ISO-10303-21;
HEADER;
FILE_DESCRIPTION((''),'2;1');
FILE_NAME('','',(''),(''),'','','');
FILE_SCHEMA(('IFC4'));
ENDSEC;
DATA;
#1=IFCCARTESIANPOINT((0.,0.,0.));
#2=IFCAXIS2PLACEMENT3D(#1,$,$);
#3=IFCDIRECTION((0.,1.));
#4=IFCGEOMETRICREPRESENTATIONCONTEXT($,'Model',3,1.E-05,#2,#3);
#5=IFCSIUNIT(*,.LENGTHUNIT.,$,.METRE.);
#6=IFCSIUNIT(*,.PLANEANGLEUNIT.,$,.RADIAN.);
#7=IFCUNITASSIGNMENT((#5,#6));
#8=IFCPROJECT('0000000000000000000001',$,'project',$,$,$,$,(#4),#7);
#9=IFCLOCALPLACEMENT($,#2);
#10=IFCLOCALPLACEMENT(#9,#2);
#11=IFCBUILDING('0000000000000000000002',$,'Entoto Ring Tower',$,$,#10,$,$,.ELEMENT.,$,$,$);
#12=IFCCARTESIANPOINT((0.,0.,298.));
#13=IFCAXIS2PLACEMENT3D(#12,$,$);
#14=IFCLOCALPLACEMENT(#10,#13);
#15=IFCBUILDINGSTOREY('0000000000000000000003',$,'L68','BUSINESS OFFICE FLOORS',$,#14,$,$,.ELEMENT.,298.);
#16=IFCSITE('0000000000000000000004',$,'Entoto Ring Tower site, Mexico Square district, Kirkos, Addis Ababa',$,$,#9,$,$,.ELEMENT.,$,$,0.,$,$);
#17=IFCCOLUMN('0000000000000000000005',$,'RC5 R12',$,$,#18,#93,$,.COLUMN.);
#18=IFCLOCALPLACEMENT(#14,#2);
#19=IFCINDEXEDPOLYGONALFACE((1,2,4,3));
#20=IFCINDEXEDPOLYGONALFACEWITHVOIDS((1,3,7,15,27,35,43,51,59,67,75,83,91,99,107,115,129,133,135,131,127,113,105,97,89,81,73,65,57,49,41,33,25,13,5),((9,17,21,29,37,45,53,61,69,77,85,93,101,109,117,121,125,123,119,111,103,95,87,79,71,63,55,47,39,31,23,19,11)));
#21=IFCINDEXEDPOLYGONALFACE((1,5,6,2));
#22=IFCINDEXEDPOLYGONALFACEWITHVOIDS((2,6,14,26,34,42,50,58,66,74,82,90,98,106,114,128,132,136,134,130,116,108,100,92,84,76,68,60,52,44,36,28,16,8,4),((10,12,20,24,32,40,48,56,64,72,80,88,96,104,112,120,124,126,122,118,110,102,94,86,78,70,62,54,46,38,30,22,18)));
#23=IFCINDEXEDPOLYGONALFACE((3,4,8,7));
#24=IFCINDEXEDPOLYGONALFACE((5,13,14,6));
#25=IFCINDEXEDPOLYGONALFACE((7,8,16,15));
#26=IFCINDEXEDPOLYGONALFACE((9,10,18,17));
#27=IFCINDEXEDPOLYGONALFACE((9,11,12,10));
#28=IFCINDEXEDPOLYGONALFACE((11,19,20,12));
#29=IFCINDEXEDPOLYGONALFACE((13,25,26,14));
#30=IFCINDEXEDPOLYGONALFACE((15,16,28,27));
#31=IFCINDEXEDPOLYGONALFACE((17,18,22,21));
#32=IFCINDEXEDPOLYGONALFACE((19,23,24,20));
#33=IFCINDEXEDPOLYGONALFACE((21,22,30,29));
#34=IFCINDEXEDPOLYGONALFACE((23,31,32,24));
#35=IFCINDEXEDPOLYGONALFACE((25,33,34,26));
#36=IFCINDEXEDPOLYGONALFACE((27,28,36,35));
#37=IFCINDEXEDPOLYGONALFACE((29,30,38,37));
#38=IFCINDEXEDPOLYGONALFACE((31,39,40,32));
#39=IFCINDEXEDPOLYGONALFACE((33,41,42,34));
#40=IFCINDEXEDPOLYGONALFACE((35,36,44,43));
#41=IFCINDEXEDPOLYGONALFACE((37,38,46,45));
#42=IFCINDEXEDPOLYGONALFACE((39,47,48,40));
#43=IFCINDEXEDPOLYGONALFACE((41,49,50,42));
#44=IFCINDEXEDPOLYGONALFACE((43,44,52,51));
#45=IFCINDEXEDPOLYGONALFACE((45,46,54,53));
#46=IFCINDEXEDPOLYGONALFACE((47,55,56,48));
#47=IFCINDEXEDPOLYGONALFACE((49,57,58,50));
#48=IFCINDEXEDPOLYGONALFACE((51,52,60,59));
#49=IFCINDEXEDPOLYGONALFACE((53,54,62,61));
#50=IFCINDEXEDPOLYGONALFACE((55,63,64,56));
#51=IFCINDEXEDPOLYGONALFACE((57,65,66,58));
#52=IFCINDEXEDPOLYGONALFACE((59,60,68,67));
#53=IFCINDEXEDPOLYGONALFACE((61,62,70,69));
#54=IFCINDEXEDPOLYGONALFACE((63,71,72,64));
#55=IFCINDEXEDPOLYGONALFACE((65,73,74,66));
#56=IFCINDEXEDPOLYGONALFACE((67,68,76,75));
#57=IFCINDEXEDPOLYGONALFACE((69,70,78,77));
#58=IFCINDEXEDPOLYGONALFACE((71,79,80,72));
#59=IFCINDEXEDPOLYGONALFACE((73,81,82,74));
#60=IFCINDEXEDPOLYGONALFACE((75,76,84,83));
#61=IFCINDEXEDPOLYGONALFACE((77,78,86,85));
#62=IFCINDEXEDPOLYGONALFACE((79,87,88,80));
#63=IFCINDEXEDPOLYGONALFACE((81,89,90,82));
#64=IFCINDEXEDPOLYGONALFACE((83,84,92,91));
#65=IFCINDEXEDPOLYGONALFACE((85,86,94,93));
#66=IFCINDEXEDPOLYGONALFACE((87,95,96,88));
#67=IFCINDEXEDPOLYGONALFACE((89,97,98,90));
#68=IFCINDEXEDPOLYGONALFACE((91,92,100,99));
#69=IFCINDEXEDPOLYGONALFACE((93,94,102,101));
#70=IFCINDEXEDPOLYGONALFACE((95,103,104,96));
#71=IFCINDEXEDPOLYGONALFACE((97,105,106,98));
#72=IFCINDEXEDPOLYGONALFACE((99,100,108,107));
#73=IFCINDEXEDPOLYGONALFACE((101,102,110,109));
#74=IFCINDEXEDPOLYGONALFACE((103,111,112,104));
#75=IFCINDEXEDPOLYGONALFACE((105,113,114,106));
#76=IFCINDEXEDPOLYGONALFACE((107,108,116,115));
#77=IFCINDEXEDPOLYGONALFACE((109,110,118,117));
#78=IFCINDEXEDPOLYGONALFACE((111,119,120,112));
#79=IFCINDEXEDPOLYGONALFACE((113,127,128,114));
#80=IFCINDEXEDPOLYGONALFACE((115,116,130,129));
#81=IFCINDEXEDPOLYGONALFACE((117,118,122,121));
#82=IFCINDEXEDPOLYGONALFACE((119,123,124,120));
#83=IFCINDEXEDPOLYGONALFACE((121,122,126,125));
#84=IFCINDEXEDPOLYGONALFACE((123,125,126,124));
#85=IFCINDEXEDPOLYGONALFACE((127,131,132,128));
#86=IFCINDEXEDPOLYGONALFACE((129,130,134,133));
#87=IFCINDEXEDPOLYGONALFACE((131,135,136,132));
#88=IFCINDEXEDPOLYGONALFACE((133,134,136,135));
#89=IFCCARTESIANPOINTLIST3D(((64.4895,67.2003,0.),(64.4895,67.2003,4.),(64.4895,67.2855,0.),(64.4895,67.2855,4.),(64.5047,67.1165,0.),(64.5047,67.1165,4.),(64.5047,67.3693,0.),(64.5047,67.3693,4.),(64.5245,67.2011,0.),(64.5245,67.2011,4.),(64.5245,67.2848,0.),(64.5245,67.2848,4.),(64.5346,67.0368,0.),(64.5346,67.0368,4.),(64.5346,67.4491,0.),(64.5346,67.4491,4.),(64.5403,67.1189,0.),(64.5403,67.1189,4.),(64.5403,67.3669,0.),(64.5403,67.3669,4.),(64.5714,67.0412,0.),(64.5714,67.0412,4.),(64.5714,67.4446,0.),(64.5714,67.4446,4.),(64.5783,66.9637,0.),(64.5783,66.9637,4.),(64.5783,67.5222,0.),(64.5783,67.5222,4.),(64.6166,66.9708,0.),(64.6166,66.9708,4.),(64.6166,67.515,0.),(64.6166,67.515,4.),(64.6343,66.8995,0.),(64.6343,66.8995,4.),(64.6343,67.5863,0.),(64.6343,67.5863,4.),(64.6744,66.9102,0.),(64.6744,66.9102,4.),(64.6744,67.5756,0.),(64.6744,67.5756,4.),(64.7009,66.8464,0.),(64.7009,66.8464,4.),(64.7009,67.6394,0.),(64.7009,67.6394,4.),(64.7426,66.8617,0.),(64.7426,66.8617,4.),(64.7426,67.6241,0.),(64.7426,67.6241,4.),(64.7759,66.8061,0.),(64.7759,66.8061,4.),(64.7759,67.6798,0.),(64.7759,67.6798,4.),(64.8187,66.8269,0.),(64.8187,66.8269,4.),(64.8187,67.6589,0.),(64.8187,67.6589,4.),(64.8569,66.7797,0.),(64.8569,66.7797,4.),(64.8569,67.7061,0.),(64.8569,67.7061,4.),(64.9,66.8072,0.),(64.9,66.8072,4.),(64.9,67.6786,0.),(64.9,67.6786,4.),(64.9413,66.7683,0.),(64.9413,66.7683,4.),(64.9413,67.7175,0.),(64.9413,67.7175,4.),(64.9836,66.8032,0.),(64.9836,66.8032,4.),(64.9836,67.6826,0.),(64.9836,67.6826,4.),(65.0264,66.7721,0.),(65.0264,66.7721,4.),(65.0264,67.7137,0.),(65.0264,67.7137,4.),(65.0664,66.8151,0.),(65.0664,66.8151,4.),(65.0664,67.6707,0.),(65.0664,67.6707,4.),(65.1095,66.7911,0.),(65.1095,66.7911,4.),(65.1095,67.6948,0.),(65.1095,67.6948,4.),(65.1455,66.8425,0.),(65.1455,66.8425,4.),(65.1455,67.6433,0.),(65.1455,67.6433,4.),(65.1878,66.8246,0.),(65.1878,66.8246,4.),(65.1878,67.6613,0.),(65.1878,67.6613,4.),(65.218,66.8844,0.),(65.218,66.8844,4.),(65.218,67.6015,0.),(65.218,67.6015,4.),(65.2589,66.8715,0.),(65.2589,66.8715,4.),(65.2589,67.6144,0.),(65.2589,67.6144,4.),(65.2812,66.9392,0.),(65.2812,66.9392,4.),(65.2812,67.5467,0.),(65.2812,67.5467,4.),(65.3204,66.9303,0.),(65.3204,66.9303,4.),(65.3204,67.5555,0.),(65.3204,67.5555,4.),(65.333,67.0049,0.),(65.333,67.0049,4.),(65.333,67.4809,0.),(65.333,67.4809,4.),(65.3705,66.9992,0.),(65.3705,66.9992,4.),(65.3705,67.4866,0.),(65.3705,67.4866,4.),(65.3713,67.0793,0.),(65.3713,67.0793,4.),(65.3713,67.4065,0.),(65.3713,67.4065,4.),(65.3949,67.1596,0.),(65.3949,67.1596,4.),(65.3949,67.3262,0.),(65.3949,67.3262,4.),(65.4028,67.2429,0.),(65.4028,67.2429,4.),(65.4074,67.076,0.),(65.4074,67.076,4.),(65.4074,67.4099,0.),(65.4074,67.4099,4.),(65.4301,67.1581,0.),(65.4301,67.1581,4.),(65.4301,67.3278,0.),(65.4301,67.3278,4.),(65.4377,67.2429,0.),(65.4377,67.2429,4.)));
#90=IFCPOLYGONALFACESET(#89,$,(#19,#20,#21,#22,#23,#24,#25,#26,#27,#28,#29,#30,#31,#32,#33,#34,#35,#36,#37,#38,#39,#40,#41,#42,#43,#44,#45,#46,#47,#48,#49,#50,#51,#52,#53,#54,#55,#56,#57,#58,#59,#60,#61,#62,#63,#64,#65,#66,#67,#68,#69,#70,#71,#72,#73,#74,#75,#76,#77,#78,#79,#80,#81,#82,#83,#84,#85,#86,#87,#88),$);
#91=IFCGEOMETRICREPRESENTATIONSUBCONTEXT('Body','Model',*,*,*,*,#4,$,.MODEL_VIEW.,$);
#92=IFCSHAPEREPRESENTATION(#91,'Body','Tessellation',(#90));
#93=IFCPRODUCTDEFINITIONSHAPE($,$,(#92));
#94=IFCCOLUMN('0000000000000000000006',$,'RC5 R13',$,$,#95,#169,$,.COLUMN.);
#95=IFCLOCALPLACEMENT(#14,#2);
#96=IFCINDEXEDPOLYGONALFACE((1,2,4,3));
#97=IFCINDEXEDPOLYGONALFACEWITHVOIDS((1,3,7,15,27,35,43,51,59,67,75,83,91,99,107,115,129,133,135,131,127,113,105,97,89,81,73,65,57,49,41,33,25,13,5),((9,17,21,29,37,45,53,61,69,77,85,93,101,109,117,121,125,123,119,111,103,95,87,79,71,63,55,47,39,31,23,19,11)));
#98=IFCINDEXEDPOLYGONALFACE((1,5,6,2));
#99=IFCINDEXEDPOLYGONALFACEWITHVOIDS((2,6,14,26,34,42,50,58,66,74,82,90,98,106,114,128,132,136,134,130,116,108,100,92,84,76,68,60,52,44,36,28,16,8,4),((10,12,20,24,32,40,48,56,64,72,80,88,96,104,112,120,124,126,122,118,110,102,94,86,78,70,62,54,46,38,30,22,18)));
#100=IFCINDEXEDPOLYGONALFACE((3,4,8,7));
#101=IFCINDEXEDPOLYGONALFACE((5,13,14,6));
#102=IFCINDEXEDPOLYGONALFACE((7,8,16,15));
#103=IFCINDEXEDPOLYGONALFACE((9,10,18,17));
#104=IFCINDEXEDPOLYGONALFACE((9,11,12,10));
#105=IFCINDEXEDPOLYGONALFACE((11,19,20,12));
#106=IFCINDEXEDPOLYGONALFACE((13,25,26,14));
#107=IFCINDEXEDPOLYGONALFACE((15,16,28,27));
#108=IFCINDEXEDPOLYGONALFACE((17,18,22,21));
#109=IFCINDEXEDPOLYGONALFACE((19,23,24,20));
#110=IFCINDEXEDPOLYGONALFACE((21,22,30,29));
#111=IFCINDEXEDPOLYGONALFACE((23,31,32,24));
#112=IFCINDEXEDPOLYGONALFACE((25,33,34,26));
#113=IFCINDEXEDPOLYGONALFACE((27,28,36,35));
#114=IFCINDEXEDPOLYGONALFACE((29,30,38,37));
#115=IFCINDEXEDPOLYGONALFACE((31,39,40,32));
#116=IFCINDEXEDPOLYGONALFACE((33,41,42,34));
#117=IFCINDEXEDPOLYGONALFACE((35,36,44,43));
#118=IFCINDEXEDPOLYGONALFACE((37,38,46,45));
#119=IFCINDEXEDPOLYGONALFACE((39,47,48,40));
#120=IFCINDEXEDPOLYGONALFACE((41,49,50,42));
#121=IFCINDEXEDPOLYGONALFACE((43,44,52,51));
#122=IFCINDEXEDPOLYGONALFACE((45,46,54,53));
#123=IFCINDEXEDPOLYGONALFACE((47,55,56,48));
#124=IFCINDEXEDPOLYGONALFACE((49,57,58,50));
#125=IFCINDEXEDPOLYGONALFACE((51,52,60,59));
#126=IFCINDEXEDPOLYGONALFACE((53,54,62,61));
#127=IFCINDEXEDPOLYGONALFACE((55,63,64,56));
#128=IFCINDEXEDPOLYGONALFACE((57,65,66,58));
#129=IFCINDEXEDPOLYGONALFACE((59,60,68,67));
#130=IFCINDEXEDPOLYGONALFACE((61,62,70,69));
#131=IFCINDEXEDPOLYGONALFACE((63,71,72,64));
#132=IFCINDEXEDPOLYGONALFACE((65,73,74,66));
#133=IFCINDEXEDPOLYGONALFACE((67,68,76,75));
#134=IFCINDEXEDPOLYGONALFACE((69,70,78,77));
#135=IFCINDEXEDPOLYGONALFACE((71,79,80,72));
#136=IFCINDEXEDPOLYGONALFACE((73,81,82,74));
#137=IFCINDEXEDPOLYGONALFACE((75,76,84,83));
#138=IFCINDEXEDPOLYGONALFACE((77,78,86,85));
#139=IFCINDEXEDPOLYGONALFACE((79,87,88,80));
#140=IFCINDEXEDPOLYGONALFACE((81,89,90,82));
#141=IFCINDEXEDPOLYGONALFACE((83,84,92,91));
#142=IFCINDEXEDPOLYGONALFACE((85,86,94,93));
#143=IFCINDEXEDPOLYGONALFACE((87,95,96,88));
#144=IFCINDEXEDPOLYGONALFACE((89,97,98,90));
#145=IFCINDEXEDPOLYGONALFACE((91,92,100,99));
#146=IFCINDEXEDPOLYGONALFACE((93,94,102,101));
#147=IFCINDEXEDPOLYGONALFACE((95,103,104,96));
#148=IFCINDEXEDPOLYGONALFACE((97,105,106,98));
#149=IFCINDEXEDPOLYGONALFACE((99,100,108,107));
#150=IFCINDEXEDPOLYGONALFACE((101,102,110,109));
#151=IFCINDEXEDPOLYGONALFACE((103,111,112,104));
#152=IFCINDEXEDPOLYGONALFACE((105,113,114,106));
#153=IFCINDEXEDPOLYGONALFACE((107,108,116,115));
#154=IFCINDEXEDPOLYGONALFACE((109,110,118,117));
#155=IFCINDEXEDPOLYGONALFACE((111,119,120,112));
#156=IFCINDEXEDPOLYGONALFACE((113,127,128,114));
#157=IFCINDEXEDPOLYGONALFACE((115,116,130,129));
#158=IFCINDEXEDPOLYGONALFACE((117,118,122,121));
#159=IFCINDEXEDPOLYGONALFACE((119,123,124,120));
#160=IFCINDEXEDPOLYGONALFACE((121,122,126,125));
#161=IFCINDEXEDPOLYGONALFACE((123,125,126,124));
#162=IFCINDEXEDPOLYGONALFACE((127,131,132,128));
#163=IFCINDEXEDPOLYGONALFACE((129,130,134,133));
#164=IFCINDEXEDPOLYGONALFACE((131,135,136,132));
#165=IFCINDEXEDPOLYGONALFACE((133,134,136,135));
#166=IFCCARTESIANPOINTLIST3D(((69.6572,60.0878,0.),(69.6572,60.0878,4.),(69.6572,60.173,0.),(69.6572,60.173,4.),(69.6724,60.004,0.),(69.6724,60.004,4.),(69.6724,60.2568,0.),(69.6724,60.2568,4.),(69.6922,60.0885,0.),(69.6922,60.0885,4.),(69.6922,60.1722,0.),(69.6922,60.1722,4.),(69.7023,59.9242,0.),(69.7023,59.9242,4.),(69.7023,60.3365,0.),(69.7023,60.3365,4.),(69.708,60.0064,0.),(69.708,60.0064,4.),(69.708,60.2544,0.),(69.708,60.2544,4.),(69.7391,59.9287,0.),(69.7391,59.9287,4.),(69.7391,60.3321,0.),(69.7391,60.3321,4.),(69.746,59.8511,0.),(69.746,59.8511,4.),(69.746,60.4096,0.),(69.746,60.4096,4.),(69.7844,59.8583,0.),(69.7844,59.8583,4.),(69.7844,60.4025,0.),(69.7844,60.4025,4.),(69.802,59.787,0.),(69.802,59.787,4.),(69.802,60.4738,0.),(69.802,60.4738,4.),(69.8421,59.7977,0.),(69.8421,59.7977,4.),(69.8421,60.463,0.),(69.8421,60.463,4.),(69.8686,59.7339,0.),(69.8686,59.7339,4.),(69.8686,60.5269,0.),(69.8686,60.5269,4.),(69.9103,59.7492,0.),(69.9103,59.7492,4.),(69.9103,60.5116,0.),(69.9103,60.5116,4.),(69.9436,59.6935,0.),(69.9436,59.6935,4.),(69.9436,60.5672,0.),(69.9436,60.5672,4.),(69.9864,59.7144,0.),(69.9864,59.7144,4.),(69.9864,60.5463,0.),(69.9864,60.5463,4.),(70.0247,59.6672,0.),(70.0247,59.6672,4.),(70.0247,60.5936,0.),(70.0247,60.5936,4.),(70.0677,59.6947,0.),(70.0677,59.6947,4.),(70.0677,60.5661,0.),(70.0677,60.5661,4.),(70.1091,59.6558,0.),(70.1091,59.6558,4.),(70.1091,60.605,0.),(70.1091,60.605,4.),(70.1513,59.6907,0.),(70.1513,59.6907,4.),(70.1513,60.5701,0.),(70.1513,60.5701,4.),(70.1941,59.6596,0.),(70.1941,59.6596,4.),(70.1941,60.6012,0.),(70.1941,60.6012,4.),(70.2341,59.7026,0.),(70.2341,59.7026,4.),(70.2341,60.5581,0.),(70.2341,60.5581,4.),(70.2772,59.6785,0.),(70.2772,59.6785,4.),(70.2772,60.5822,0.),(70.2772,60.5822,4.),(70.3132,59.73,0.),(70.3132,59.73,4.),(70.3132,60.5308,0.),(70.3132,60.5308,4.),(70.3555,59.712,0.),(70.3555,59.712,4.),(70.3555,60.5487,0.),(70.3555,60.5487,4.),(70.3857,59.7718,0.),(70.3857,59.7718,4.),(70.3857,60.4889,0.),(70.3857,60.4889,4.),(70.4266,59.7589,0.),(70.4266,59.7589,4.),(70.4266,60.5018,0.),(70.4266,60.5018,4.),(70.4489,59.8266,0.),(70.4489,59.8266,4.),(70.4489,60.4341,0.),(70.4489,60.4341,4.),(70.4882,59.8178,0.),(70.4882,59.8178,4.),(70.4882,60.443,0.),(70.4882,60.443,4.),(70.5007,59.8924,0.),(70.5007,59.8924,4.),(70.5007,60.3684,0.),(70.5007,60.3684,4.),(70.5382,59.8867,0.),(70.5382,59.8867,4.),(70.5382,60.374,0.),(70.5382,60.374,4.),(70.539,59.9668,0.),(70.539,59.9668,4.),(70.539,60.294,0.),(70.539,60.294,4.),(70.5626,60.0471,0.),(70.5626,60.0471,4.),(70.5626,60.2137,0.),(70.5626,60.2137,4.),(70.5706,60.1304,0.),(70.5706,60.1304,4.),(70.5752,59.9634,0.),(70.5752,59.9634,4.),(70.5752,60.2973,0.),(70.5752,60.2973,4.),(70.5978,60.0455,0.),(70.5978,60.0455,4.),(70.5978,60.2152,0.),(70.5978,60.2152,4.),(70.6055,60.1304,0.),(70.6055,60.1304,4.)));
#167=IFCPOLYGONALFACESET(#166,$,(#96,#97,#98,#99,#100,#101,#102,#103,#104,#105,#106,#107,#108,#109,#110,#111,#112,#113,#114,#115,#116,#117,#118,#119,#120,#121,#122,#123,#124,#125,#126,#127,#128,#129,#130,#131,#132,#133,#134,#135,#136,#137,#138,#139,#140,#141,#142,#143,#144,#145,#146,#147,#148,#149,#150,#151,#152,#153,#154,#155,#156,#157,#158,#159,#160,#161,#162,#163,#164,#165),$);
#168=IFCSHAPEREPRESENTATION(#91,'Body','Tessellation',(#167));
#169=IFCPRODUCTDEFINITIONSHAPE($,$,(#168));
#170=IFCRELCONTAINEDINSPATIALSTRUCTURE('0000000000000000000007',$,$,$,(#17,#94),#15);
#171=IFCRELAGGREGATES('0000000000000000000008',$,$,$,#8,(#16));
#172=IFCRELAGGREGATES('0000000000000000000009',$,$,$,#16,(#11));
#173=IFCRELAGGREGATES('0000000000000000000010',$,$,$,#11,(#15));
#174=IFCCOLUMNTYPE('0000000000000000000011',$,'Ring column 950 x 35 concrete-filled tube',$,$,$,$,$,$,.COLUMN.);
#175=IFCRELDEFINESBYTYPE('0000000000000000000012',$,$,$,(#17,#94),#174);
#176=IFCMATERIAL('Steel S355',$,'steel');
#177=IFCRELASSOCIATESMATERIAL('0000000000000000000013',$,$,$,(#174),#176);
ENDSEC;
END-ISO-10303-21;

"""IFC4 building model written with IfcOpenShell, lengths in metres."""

from ifc_helpers import new_model, si_unit, direction, frame, origin, origin_2d, place, context, subcontext, project, spatial, circle, hollow_circle, extrude, material, material_profile, profile_set, type_object, element, save


model = new_model("IFC4")

# Units and contexts
model_context = context("Model", 3, precision=1e-05, world=origin(), true_north=direction((0.0, 1.0)))
body_context = subcontext(model_context, "Body", "Model", "MODEL_VIEW")
ifc_project = project(units=[si_unit("LENGTHUNIT", "METRE"), si_unit("PLANEANGLEUNIT", "RADIAN")], contexts=[model_context])

# Site, building, storey
site_placement = place(None, origin())
site = spatial("IfcSite", under=ifc_project, at=site_placement, Name="Entoto Ring Tower site, Mexico Square district, Kirkos, Addis Ababa", CompositionType="ELEMENT", RefElevation=0.0)
building_placement = place(site_placement, origin())
building = spatial("IfcBuilding", under=site, at=building_placement, Name="Entoto Ring Tower", CompositionType="ELEMENT")
storey_placement = place(building_placement, frame((0.0, 0.0, 298.0)))
storey = spatial("IfcBuildingStorey", under=building, at=storey_placement, Name="L68", Description="BUSINESS OFFICE FLOORS", CompositionType="ELEMENT", Elevation=298.0)

# Columns
ifc_material_1 = material(Name="Steel S355", Category="steel")
ifc_material_profile_1 = material_profile(ifc_material_1, hollow_circle(Radius=0.4751, WallThickness=0.0349, at=origin_2d()), Name="CHS 950 x 35")
ifc_material_2 = material(Name="Concrete C60/75", Category="concrete")
ifc_material_profile_2 = material_profile(ifc_material_2, circle(Radius=0.4399, at=origin_2d()), Name="Concrete C60/75 infill")
ifc_profile_set_1 = profile_set([ifc_material_profile_1, ifc_material_profile_2], Name="Steel S355")
column_type = type_object("IfcColumnType", Name="Ring column 950 x 35 concrete-filled tube", PredefinedType="COLUMN", material=ifc_profile_set_1)
for number, where, z_axis, x_axis, name in (
    (1, (64.9626, 67.2429, 0.0), (0.0, 0.0, 1.0), (1.0, 0.0, 0.0), "RC5 R12"),
    (2, (70.1304, 60.1304, 0.0), (0.0, 0.0, 1.0), (1.0, 0.0, 0.0), "RC5 R13"),
):
    element("IfcColumn", number, at=place(storey_placement, frame(where, z_axis=z_axis, x_axis=x_axis)), inside=storey, type_object=column_type, Name=name, PredefinedType="COLUMN", context=body_context, shape_type="SweptSolid", body=[
        extrude(hollow_circle(Radius=0.4751, WallThickness=0.0349, at=origin_2d()), origin(), (0.0, 0.0, 1.0), 4.0),
    ])

save(model, "model.ifc")
